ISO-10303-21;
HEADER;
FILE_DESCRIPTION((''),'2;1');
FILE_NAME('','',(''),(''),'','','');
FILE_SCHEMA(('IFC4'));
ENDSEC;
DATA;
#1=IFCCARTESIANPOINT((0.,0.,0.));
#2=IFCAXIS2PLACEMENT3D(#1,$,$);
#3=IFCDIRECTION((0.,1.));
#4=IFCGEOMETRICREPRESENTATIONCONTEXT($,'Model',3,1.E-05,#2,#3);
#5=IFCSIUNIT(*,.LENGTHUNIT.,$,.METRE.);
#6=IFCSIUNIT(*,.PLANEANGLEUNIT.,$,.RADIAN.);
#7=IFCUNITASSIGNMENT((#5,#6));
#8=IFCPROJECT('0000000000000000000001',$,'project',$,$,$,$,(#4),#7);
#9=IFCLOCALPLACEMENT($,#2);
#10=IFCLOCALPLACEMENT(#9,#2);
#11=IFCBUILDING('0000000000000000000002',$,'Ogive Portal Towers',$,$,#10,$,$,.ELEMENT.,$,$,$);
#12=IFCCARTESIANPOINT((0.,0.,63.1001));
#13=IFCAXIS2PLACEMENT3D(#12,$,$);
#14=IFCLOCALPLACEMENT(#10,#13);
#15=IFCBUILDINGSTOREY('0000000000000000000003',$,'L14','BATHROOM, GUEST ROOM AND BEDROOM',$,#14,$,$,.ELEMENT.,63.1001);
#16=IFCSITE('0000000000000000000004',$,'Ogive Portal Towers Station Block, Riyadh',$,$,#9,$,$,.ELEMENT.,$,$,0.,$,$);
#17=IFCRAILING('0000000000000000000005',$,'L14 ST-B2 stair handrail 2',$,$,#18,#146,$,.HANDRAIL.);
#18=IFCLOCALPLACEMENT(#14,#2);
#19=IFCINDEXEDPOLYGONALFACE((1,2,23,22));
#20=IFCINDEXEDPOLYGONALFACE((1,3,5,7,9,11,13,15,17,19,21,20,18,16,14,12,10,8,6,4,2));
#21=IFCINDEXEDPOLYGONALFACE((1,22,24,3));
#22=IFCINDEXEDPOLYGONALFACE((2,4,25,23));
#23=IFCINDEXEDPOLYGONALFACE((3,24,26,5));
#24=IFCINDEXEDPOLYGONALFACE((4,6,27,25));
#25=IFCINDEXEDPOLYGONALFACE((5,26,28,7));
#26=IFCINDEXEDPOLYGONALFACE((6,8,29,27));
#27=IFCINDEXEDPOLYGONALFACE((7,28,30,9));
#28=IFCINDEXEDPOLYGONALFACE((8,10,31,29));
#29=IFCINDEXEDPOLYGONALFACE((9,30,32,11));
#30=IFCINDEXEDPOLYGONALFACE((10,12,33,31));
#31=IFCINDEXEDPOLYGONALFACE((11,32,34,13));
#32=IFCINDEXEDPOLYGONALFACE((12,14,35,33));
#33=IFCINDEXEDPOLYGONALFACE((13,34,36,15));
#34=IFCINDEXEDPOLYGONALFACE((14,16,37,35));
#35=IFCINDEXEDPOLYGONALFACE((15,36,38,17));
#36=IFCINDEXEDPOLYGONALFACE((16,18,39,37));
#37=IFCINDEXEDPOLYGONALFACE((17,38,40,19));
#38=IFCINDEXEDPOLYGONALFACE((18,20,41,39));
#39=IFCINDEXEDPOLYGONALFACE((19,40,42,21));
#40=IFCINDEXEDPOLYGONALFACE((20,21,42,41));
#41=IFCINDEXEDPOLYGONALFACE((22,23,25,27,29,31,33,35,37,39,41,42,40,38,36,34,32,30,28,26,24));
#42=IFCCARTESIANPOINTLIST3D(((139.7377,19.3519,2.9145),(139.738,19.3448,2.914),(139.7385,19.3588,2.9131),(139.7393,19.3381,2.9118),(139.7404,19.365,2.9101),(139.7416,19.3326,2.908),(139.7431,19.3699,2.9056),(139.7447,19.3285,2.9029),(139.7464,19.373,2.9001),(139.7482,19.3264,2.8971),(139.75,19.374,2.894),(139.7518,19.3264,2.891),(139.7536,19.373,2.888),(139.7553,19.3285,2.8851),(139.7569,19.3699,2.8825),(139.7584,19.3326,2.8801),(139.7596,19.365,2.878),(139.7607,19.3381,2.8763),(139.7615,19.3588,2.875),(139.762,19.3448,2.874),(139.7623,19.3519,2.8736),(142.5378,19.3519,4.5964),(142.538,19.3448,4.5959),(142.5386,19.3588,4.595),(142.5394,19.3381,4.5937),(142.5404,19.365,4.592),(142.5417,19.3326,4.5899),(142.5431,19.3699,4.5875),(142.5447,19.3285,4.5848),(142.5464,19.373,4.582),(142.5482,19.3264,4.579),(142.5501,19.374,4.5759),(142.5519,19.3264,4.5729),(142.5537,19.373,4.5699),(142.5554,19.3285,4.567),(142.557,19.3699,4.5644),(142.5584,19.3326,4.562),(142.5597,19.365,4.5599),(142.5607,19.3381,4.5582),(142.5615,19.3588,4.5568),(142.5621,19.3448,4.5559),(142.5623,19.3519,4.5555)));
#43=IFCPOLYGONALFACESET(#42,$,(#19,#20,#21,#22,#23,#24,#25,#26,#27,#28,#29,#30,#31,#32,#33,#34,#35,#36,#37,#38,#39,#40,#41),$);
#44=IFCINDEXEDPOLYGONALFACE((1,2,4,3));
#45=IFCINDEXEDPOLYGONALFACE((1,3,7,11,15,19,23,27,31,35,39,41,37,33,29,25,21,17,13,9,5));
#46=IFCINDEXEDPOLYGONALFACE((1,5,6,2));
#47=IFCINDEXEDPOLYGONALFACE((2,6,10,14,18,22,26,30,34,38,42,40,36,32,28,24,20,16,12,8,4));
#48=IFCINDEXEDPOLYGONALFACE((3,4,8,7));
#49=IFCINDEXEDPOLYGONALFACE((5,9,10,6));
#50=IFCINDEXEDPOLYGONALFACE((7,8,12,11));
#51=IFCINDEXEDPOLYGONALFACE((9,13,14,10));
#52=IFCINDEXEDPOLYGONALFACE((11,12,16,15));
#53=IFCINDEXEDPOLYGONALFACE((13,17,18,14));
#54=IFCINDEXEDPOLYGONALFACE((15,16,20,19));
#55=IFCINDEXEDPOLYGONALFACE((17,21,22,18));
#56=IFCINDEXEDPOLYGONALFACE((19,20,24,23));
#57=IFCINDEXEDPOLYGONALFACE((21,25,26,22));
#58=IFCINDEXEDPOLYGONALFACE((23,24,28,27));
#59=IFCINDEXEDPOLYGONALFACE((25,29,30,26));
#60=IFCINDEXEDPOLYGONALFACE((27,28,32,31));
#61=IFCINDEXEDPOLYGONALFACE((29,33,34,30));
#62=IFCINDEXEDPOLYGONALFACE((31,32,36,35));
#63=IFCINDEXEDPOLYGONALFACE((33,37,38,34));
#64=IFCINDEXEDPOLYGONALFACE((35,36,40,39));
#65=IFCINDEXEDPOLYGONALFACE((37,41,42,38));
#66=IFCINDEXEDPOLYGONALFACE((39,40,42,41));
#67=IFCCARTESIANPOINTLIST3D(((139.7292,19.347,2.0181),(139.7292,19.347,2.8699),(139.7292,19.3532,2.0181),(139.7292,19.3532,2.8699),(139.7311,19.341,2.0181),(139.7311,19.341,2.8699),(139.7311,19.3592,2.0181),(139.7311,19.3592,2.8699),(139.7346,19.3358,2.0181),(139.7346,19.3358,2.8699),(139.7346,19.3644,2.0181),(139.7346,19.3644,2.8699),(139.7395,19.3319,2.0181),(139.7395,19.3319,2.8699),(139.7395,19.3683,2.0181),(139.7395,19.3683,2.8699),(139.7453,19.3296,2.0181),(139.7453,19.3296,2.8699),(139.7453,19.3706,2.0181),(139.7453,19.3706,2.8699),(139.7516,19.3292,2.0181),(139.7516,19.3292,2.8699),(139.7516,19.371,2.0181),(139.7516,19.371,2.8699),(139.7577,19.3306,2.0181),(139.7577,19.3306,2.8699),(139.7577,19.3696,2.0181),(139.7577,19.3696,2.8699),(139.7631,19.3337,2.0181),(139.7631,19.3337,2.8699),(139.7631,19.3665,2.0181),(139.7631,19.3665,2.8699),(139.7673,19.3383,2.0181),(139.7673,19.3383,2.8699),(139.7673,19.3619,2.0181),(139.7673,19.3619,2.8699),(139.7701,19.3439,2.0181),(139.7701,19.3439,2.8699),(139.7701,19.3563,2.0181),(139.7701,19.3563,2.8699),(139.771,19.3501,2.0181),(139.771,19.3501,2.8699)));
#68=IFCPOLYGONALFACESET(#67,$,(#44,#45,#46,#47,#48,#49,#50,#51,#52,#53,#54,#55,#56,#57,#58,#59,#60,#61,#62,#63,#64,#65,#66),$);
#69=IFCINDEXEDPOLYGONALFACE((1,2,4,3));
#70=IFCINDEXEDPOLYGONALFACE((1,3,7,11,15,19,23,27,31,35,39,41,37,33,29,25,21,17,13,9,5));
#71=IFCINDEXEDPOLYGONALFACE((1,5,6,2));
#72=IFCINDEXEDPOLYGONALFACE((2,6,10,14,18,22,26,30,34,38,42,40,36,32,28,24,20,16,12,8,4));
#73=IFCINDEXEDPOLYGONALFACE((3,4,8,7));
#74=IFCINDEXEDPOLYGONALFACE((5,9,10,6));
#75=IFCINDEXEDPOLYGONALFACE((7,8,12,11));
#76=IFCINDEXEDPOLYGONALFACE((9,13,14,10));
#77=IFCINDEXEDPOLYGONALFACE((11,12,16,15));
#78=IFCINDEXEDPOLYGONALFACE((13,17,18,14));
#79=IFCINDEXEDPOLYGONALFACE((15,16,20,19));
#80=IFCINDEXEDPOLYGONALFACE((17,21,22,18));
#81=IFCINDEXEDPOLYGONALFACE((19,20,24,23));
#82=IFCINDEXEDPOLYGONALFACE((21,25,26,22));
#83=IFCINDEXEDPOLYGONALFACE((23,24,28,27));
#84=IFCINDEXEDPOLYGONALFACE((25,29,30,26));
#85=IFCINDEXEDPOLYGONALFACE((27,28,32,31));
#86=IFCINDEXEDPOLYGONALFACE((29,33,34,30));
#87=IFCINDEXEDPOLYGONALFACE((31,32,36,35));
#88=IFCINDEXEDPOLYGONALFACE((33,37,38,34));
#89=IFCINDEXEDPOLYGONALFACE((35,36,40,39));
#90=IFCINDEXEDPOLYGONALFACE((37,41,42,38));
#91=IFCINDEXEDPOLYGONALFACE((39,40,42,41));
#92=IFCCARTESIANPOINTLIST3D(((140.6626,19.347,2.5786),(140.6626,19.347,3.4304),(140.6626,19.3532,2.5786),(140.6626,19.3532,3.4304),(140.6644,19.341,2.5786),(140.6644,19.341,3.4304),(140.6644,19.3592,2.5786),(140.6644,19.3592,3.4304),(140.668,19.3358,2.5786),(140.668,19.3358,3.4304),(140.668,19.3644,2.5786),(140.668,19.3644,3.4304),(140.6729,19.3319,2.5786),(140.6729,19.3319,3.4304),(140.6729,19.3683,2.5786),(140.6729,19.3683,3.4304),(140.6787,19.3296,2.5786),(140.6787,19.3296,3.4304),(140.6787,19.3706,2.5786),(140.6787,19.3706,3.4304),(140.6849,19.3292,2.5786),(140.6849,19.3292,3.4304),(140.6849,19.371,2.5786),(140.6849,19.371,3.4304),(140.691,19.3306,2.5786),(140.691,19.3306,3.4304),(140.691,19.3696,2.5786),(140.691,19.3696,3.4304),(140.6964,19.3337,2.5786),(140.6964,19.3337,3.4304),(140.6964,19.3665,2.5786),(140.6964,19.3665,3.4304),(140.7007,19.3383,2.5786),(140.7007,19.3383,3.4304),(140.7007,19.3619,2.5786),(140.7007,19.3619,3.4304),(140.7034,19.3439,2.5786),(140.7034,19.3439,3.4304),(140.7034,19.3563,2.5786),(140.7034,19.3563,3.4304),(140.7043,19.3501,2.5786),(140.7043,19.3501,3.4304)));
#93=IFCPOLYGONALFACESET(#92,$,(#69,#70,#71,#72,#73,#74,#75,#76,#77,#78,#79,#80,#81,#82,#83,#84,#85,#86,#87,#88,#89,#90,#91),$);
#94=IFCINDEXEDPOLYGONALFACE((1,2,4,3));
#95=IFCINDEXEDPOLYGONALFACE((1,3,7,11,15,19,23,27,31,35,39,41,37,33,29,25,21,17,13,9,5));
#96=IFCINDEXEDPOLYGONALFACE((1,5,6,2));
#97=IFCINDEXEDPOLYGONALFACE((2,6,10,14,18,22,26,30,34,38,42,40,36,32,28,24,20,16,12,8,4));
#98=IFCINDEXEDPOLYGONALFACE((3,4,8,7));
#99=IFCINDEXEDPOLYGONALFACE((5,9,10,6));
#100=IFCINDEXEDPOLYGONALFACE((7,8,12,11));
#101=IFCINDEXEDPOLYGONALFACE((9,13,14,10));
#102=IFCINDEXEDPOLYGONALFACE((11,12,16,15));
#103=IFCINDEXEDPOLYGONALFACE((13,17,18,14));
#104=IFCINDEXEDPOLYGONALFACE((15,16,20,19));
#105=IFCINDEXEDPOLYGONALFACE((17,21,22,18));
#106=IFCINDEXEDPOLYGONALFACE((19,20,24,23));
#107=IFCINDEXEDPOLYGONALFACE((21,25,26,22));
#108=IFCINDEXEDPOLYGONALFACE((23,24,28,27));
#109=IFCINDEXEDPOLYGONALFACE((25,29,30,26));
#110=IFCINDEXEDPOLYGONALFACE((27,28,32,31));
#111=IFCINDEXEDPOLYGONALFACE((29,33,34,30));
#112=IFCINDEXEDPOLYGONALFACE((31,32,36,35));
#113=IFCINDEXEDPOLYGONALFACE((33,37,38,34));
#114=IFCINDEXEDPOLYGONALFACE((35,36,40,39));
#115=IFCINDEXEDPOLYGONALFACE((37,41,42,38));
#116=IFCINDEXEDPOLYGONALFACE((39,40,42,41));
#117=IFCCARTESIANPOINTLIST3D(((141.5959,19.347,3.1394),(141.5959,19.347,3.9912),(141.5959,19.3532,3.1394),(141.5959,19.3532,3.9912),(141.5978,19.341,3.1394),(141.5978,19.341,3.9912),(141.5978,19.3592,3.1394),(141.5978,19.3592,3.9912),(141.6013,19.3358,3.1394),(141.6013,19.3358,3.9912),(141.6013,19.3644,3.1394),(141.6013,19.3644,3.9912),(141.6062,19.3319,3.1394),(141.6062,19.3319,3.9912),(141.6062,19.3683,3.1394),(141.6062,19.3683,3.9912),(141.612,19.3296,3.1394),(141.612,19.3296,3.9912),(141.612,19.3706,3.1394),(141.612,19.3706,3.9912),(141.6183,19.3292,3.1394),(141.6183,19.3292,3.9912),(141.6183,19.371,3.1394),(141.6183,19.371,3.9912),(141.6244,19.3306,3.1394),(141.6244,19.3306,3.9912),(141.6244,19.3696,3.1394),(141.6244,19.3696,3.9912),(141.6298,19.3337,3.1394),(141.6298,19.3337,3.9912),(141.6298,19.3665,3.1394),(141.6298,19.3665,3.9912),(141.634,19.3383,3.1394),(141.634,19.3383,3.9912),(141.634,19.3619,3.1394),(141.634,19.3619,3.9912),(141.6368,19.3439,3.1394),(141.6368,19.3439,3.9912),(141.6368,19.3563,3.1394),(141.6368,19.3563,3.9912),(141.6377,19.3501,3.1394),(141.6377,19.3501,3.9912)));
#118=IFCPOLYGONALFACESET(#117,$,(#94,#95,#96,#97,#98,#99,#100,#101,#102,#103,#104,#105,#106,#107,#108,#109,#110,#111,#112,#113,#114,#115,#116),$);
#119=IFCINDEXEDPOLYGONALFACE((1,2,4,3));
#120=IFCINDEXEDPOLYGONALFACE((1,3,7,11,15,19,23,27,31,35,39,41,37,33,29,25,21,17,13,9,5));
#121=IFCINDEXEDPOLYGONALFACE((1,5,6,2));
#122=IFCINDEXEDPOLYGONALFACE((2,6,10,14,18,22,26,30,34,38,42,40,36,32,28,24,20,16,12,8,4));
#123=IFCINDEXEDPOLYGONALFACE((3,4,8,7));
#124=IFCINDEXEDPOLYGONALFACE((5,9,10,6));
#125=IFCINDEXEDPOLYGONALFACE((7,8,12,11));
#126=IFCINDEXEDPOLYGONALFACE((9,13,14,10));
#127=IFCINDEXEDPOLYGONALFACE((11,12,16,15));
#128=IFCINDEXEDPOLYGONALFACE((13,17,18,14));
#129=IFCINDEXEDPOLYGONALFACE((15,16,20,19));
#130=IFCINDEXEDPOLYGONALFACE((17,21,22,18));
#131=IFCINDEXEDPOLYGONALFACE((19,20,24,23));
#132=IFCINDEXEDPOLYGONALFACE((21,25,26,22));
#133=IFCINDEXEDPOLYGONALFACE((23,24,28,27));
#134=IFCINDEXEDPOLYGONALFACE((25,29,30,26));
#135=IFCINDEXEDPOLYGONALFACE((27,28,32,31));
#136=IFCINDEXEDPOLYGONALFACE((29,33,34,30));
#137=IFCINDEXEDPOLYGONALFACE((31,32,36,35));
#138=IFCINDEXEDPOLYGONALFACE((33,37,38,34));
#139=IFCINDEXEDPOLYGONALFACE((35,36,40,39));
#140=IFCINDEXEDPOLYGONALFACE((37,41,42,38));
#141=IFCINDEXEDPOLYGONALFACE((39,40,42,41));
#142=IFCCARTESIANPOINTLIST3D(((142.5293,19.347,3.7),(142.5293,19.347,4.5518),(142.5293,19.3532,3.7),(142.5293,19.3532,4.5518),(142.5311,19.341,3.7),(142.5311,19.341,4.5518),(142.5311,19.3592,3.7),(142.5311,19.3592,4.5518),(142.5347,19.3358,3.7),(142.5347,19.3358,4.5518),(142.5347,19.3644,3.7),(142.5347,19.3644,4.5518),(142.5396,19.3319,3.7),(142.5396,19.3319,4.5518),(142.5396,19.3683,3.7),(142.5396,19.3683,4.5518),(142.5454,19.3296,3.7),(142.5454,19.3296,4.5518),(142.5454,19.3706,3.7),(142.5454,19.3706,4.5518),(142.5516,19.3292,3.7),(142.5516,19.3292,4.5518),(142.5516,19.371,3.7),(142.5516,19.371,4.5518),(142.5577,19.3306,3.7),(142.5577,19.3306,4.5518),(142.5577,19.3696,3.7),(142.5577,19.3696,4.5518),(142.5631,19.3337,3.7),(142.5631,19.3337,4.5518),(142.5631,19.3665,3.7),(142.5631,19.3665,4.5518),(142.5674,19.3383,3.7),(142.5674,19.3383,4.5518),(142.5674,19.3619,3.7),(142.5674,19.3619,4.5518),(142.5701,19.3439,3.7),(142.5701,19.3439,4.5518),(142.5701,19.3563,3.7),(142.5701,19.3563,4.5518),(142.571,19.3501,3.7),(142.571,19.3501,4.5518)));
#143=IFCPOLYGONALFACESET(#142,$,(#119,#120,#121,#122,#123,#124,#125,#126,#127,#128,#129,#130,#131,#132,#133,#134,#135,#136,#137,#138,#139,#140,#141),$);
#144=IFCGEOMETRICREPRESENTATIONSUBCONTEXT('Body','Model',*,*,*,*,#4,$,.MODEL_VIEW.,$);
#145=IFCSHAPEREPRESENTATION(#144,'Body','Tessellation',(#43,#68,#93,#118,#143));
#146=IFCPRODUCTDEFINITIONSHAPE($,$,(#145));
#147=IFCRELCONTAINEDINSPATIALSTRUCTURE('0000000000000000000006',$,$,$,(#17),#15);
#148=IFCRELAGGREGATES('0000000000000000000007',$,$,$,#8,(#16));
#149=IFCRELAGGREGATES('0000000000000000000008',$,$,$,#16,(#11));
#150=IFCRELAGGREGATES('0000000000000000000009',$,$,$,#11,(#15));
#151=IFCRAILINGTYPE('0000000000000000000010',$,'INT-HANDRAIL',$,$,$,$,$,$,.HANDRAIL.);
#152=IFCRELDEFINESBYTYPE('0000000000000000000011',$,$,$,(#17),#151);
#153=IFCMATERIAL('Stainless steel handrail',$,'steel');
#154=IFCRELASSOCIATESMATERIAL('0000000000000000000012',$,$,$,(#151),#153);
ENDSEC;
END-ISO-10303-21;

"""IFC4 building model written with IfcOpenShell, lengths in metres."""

from ifc_helpers import new_model, si_unit, direction, frame, origin, origin_2d, place, context, subcontext, project, spatial, circle, extrude, material, type_object, element, save


model = new_model("IFC4")

# Units and contexts
model_context = context("Model", 3, precision=1e-05, world=origin(), true_north=direction((0.0, 1.0)))
body_context = subcontext(model_context, "Body", "Model", "MODEL_VIEW")
ifc_project = project(units=[si_unit("LENGTHUNIT", "METRE"), si_unit("PLANEANGLEUNIT", "RADIAN")], contexts=[model_context])

# Site, building, storey
site_placement = place(None, origin())
site = spatial("IfcSite", under=ifc_project, at=site_placement, Name="Ogive Portal Towers Station Block, Riyadh", CompositionType="ELEMENT", RefElevation=0.0)
building_placement = place(site_placement, origin())
building = spatial("IfcBuilding", under=site, at=building_placement, Name="Ogive Portal Towers", CompositionType="ELEMENT")
storey_placement = place(building_placement, frame((0.0, 0.0, 63.1001)))
storey = spatial("IfcBuildingStorey", under=building, at=storey_placement, Name="L14", Description="BATHROOM, GUEST ROOM AND BEDROOM", CompositionType="ELEMENT", Elevation=63.1001)

# Railing
ifc_material_1 = material(Name="Stainless steel handrail", Category="steel")
railing_type_1 = type_object("IfcRailingType", Name="INT-HANDRAIL", PredefinedType="HANDRAIL", material=ifc_material_1)
railing_1_placement = place(storey_placement, frame((139.75, 19.3501, 2.0181)))
element("IfcRailing", 1, at=railing_1_placement, inside=storey, type_object=railing_type_1, Name="L14 ST-B2 stair handrail 2", PredefinedType="HANDRAIL", context=body_context, shape_type="SweptSolid", body=[
    extrude(circle(Radius=0.0239, at=origin_2d()), frame((0.0, 0.0, 0.876), z_axis=(0.857242, 0.0, 0.514913), x_axis=(0.0, 1.0, 0.0)), (0.0, 0.0, 1.0), 3.2664),
    extrude(circle(Radius=0.021, at=origin_2d()), origin(), (0.0, 0.0, 1.0), 0.8518),
    extrude(circle(Radius=0.021, at=origin_2d()), frame((0.9333, 0.0, 0.5605)), (0.0, 0.0, 1.0), 0.8518),
    extrude(circle(Radius=0.021, at=origin_2d()), frame((1.8667, 0.0, 1.1213)), (0.0, 0.0, 1.0), 0.8518),
    extrude(circle(Radius=0.021, at=origin_2d()), frame((2.8, 0.0, 1.6819)), (0.0, 0.0, 1.0), 0.8518),
])

save(model, "model.ifc")
